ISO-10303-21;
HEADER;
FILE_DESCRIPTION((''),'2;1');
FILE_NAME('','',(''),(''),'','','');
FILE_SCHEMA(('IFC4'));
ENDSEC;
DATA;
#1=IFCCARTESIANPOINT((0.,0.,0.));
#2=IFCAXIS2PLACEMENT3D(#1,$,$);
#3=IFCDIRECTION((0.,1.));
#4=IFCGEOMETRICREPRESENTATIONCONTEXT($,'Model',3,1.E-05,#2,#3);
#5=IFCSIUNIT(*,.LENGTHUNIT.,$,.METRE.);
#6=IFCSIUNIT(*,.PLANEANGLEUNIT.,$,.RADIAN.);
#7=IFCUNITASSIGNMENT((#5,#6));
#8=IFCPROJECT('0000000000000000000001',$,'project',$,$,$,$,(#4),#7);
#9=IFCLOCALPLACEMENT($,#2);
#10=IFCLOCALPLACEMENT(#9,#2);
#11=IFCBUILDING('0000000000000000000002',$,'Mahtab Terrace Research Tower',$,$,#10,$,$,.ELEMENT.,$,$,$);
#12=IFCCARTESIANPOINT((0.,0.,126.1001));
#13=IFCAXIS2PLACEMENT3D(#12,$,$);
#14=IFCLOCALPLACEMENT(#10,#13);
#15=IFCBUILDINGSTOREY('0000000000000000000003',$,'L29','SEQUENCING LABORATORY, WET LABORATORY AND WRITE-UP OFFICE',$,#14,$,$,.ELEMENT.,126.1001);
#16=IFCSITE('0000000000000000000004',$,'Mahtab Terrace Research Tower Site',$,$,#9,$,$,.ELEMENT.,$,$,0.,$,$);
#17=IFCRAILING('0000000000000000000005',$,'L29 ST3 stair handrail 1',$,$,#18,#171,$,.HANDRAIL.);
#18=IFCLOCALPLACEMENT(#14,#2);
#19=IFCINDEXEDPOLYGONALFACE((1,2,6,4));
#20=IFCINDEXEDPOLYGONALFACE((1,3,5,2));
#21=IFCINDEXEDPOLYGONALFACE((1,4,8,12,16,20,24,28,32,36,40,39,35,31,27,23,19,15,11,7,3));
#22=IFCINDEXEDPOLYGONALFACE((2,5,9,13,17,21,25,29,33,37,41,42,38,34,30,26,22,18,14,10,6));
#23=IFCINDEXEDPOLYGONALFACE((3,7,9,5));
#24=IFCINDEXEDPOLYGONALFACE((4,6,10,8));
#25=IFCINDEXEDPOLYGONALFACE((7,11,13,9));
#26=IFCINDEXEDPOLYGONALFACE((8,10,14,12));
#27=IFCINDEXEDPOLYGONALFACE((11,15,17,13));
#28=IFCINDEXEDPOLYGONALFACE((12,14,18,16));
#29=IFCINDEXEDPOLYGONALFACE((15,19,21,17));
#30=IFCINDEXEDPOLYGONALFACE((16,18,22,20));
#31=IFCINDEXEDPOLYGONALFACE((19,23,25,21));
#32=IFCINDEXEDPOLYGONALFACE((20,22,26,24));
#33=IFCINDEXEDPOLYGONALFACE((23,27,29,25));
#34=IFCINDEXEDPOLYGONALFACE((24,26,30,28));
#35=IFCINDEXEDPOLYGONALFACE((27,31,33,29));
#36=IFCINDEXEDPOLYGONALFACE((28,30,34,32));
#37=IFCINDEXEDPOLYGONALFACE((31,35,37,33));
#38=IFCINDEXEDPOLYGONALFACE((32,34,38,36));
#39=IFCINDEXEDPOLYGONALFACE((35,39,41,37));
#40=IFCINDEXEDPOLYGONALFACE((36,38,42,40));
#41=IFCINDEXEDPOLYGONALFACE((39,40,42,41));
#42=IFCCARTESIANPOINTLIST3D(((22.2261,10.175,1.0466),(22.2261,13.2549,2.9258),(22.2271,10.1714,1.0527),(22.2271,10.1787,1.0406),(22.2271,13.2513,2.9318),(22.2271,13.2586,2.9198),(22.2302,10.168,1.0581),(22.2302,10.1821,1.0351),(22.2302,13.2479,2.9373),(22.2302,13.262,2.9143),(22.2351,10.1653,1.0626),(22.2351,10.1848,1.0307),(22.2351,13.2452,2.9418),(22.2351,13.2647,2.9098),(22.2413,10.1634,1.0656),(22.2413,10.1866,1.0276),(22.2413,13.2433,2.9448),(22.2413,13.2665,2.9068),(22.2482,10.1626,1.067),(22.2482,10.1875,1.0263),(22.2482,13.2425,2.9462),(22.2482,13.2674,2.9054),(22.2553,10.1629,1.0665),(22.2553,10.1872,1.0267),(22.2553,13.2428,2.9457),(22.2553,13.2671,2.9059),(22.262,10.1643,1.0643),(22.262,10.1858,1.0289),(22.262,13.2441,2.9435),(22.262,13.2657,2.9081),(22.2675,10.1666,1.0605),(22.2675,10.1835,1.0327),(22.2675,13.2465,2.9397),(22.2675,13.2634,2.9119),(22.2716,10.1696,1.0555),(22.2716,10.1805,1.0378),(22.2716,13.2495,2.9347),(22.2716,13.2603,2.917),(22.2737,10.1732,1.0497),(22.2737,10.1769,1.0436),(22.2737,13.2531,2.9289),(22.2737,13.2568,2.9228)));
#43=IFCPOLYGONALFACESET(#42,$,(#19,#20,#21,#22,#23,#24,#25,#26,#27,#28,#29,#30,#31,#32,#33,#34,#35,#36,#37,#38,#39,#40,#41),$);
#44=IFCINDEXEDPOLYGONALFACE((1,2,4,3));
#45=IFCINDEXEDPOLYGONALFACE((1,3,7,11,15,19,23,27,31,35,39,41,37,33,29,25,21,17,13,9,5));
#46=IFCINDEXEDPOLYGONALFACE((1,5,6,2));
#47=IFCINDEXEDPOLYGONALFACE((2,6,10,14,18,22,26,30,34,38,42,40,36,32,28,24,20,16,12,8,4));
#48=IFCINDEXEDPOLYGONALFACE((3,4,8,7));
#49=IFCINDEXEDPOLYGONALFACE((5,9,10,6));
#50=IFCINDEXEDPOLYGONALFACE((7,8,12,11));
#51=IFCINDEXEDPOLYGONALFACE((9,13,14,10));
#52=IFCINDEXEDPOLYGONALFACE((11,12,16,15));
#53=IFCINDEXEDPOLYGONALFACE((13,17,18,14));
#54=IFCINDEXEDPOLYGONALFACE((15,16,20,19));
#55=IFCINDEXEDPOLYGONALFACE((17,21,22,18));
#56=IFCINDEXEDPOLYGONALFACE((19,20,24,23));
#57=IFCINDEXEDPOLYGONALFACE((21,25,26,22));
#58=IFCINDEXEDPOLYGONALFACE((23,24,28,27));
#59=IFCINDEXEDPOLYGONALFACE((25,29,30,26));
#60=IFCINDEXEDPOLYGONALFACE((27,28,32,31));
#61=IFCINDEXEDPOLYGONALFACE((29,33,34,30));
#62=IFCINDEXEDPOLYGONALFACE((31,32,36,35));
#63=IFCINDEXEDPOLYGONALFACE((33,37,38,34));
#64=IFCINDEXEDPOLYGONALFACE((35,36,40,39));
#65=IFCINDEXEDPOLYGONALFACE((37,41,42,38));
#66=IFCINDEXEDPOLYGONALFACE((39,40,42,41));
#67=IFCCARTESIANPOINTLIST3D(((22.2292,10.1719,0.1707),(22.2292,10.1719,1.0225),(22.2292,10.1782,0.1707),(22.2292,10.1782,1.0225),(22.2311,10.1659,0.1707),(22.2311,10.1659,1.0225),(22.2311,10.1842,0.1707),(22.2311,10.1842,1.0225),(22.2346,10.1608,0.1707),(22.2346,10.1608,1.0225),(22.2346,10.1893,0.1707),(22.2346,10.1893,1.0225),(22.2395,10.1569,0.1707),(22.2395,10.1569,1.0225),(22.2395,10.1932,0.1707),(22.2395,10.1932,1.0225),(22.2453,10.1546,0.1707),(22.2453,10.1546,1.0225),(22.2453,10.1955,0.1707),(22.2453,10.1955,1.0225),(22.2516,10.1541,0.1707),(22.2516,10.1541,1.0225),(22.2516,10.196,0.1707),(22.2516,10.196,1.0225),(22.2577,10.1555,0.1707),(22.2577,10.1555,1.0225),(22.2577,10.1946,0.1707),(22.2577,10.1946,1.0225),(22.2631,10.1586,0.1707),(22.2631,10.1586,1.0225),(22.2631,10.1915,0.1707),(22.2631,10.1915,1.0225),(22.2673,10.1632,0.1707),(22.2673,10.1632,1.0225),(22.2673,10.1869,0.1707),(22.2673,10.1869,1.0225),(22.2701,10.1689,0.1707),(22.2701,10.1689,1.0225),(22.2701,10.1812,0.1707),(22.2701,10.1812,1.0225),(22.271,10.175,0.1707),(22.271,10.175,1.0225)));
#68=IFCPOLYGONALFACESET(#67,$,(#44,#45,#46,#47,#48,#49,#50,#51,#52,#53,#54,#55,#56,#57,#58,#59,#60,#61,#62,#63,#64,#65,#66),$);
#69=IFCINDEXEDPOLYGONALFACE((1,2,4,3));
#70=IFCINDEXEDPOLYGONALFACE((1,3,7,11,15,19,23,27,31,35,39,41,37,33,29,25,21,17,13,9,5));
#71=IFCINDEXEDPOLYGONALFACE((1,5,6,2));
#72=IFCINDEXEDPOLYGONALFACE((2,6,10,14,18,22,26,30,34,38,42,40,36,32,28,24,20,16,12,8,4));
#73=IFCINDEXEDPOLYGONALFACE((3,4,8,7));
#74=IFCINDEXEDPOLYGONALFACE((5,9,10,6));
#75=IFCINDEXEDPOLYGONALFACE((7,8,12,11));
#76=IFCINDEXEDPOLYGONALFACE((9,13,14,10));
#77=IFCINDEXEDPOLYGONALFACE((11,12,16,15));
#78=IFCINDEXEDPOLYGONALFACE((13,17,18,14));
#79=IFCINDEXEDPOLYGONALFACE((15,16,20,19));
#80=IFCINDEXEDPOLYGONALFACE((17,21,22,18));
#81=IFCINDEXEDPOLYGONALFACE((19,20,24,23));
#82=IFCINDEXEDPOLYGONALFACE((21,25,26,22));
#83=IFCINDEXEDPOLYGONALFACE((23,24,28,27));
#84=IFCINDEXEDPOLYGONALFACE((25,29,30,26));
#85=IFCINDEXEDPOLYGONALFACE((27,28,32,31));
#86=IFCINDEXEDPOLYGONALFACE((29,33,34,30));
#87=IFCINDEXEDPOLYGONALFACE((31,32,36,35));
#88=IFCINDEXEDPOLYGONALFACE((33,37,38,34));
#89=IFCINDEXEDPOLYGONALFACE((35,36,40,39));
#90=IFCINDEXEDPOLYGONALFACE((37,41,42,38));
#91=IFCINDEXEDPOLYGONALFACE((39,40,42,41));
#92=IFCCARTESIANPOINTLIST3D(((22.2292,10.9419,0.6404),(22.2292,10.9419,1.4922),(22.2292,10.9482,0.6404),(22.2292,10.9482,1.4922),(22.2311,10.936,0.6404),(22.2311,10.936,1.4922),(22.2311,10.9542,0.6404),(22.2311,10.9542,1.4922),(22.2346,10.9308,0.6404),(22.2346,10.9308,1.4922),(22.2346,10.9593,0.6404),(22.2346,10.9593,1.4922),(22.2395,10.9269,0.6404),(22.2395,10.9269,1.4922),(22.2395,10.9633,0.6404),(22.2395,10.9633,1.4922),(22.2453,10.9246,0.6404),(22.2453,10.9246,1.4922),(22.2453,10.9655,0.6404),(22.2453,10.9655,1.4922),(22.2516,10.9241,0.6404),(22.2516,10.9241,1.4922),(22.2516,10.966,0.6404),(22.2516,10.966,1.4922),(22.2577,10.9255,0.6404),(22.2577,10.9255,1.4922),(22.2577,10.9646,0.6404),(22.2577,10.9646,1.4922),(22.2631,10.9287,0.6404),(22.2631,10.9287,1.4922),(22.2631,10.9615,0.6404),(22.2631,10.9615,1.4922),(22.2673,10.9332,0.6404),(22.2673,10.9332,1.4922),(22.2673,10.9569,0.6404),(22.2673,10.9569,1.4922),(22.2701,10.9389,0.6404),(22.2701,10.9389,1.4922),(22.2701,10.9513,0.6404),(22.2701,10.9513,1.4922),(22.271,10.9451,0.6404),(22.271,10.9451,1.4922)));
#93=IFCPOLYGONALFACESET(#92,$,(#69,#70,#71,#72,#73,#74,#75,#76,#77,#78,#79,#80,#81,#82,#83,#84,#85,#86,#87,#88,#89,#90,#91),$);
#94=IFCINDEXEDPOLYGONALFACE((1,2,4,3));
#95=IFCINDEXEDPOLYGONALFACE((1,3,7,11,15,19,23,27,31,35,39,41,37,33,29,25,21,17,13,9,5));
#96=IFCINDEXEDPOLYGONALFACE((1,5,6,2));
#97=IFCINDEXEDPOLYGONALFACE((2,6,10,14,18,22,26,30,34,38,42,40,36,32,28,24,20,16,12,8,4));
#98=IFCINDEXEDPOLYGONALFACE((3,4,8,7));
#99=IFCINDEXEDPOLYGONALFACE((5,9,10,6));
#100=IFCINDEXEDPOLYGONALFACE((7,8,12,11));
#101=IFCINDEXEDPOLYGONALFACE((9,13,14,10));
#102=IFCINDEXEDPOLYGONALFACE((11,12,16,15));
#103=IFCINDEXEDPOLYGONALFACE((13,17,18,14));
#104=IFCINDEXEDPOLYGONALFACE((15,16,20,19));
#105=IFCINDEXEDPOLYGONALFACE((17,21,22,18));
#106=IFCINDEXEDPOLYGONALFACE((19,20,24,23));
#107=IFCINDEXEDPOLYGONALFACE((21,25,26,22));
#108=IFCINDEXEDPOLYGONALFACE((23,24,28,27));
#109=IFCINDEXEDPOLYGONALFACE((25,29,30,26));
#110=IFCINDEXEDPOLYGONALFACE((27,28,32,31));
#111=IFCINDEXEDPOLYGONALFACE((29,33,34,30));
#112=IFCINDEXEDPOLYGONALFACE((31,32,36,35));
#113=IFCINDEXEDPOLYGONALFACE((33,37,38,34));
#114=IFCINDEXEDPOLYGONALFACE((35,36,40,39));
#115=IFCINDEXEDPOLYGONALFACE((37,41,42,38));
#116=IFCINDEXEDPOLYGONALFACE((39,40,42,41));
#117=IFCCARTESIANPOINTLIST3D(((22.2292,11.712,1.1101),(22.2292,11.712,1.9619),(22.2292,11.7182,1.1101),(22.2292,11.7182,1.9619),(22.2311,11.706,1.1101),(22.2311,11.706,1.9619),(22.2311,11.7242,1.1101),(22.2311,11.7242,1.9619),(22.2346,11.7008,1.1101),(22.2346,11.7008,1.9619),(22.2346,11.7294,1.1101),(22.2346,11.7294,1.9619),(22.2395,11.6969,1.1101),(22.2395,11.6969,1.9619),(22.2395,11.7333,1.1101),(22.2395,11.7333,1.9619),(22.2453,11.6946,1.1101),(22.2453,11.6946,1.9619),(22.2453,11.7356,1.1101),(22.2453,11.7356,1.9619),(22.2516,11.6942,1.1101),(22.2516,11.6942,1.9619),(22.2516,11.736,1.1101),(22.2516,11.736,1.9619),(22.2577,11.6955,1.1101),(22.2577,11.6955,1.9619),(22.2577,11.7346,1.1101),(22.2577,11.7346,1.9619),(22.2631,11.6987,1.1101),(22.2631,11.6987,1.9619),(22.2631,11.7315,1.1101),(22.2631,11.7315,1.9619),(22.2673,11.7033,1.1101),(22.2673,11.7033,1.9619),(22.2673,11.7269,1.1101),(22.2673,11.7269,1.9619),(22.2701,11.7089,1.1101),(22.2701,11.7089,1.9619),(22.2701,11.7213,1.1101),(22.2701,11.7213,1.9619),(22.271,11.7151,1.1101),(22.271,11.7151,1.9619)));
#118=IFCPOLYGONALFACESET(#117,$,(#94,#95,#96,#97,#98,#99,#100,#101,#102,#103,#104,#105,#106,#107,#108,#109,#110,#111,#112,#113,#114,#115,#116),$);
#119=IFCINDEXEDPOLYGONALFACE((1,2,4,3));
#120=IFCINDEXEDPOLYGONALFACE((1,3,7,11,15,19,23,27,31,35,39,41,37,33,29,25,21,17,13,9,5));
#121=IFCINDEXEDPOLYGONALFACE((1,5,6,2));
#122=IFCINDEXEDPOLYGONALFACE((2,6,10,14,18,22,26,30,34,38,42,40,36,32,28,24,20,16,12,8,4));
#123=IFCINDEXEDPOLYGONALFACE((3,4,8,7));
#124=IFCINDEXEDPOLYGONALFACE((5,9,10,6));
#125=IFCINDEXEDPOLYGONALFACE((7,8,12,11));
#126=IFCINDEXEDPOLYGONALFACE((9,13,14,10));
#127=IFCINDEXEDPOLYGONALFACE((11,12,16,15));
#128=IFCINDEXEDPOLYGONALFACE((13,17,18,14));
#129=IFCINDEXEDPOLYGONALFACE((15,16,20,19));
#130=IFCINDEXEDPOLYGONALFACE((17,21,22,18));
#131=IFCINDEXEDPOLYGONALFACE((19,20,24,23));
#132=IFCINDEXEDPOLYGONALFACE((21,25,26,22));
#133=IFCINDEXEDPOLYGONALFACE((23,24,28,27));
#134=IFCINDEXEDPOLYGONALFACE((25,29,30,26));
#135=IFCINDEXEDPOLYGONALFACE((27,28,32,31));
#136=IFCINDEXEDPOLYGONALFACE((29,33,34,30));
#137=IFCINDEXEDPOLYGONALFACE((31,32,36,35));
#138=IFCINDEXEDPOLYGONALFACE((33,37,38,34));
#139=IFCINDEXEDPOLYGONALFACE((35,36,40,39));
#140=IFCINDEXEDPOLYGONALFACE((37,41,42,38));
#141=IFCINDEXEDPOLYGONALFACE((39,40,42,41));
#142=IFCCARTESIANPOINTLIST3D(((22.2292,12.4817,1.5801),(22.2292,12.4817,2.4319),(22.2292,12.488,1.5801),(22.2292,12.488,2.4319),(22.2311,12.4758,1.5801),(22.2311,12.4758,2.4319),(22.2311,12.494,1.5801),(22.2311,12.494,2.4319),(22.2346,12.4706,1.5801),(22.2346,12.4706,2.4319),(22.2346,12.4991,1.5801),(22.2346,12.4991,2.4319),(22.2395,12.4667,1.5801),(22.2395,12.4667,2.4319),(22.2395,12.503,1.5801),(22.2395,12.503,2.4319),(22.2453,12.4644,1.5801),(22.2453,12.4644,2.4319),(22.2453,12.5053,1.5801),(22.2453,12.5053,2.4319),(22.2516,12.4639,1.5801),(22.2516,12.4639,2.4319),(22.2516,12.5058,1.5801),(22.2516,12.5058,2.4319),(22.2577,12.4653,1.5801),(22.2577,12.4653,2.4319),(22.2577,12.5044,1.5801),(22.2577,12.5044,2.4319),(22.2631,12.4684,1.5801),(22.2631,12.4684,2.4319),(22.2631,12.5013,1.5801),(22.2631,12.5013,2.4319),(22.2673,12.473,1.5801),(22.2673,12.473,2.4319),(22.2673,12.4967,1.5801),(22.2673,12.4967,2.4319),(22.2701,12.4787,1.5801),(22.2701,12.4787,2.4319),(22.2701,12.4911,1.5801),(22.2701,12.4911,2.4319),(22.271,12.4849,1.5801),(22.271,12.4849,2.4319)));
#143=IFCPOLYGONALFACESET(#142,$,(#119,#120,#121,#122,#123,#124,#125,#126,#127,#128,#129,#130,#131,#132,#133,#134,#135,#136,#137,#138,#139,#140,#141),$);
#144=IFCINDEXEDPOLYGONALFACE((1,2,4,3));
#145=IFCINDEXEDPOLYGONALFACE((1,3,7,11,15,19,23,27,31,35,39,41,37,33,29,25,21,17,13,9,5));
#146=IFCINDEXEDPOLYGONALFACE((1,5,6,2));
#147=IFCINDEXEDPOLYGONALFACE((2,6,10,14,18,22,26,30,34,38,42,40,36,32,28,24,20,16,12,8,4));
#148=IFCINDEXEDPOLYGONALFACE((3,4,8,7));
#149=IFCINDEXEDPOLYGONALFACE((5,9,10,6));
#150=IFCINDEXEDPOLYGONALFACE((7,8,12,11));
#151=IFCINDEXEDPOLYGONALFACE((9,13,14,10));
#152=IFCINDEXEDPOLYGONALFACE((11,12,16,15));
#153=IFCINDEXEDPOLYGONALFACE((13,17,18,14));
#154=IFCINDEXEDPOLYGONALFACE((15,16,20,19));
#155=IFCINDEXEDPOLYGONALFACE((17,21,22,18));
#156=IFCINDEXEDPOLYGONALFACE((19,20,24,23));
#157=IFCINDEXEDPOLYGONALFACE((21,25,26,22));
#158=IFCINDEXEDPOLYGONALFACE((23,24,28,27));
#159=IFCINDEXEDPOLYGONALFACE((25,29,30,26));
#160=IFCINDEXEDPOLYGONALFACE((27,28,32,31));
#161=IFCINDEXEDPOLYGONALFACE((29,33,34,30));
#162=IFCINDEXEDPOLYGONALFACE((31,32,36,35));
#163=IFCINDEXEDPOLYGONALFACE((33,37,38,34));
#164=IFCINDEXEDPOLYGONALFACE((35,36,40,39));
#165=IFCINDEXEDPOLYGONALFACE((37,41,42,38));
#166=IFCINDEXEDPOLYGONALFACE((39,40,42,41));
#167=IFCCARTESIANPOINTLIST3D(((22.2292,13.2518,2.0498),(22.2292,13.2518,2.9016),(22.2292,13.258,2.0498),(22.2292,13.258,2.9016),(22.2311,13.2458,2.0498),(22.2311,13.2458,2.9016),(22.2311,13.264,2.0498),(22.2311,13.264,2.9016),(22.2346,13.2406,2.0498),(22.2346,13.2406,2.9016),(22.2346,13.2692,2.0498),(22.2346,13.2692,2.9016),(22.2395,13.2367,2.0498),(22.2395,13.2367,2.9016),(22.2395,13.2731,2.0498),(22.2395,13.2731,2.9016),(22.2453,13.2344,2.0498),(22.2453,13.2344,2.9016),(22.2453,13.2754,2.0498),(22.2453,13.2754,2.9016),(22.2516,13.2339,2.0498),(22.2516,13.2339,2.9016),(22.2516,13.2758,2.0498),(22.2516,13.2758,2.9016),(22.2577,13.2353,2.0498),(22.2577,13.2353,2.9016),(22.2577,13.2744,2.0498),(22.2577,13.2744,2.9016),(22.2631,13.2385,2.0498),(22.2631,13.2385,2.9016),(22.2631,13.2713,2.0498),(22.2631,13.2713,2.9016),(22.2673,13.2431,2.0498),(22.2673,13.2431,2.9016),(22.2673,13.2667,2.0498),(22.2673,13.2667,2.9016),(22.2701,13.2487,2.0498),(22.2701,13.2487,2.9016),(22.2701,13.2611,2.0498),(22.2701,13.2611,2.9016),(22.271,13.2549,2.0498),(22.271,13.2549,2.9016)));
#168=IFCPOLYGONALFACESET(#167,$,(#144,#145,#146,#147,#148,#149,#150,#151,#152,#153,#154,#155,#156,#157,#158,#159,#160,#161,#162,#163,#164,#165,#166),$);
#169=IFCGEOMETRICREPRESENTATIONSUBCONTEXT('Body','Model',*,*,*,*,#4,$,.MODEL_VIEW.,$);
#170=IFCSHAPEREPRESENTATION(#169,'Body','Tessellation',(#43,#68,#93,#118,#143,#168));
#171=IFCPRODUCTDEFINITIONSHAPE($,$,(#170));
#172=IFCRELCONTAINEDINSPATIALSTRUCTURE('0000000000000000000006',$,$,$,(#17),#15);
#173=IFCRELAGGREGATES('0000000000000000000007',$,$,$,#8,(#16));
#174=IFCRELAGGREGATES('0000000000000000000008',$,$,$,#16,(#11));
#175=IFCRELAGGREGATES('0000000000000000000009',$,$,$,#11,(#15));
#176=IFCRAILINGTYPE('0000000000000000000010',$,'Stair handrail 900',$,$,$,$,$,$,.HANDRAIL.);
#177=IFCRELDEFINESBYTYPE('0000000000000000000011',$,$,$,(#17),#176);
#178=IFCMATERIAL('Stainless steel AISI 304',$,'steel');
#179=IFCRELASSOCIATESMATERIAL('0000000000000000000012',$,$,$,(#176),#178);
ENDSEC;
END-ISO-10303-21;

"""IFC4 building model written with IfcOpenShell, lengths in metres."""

from ifc_helpers import new_model, si_unit, direction, frame, origin, origin_2d, place, context, subcontext, project, spatial, circle, extrude, material, type_object, element, save


model = new_model("IFC4")

# Units and contexts
model_context = context("Model", 3, precision=1e-05, world=origin(), true_north=direction((0.0, 1.0)))
body_context = subcontext(model_context, "Body", "Model", "MODEL_VIEW")
ifc_project = project(units=[si_unit("LENGTHUNIT", "METRE"), si_unit("PLANEANGLEUNIT", "RADIAN")], contexts=[model_context])

# Site, building, storey
site_placement = place(None, origin())
site = spatial("IfcSite", under=ifc_project, at=site_placement, Name="Mahtab Terrace Research Tower Site", CompositionType="ELEMENT", RefElevation=0.0)
building_placement = place(site_placement, origin())
building = spatial("IfcBuilding", under=site, at=building_placement, Name="Mahtab Terrace Research Tower", CompositionType="ELEMENT")
storey_placement = place(building_placement, frame((0.0, 0.0, 126.1001)))
storey = spatial("IfcBuildingStorey", under=building, at=storey_placement, Name="L29", Description="SEQUENCING LABORATORY, WET LABORATORY AND WRITE-UP OFFICE", CompositionType="ELEMENT", Elevation=126.1001)

# Railing
ifc_material_1 = material(Name="Stainless steel AISI 304", Category="steel")
railing_type_1 = type_object("IfcRailingType", Name="Stair handrail 900", PredefinedType="HANDRAIL", material=ifc_material_1)
railing_1_placement = place(storey_placement, frame((22.25, 10.175, 0.1707)))
element("IfcRailing", 1, at=railing_1_placement, inside=storey, type_object=railing_type_1, Name="L29 ST3 stair handrail 1", PredefinedType="HANDRAIL", context=body_context, shape_type="SweptSolid", body=[
    extrude(circle(Radius=0.0239, at=origin_2d()), frame((0.0, 0.0, 0.876), z_axis=(0.0, 0.853648, 0.52085), x_axis=(-1.0, 0.0, 0.0)), (0.0, 0.0, 1.0), 3.6079),
    extrude(circle(Radius=0.021, at=origin_2d()), origin(), (0.0, 0.0, 1.0), 0.8518),
    extrude(circle(Radius=0.021, at=origin_2d()), frame((0.0, 0.77, 0.4697)), (0.0, 0.0, 1.0), 0.8518),
    extrude(circle(Radius=0.021, at=origin_2d()), frame((0.0, 1.54, 0.9395)), (0.0, 0.0, 1.0), 0.8518),
    extrude(circle(Radius=0.021, at=origin_2d()), frame((0.0, 2.3098, 1.4094)), (0.0, 0.0, 1.0), 0.8518),
    extrude(circle(Radius=0.021, at=origin_2d()), frame((0.0, 3.0798, 1.8792)), (0.0, 0.0, 1.0), 0.8518),
])

save(model, "model.ifc")
